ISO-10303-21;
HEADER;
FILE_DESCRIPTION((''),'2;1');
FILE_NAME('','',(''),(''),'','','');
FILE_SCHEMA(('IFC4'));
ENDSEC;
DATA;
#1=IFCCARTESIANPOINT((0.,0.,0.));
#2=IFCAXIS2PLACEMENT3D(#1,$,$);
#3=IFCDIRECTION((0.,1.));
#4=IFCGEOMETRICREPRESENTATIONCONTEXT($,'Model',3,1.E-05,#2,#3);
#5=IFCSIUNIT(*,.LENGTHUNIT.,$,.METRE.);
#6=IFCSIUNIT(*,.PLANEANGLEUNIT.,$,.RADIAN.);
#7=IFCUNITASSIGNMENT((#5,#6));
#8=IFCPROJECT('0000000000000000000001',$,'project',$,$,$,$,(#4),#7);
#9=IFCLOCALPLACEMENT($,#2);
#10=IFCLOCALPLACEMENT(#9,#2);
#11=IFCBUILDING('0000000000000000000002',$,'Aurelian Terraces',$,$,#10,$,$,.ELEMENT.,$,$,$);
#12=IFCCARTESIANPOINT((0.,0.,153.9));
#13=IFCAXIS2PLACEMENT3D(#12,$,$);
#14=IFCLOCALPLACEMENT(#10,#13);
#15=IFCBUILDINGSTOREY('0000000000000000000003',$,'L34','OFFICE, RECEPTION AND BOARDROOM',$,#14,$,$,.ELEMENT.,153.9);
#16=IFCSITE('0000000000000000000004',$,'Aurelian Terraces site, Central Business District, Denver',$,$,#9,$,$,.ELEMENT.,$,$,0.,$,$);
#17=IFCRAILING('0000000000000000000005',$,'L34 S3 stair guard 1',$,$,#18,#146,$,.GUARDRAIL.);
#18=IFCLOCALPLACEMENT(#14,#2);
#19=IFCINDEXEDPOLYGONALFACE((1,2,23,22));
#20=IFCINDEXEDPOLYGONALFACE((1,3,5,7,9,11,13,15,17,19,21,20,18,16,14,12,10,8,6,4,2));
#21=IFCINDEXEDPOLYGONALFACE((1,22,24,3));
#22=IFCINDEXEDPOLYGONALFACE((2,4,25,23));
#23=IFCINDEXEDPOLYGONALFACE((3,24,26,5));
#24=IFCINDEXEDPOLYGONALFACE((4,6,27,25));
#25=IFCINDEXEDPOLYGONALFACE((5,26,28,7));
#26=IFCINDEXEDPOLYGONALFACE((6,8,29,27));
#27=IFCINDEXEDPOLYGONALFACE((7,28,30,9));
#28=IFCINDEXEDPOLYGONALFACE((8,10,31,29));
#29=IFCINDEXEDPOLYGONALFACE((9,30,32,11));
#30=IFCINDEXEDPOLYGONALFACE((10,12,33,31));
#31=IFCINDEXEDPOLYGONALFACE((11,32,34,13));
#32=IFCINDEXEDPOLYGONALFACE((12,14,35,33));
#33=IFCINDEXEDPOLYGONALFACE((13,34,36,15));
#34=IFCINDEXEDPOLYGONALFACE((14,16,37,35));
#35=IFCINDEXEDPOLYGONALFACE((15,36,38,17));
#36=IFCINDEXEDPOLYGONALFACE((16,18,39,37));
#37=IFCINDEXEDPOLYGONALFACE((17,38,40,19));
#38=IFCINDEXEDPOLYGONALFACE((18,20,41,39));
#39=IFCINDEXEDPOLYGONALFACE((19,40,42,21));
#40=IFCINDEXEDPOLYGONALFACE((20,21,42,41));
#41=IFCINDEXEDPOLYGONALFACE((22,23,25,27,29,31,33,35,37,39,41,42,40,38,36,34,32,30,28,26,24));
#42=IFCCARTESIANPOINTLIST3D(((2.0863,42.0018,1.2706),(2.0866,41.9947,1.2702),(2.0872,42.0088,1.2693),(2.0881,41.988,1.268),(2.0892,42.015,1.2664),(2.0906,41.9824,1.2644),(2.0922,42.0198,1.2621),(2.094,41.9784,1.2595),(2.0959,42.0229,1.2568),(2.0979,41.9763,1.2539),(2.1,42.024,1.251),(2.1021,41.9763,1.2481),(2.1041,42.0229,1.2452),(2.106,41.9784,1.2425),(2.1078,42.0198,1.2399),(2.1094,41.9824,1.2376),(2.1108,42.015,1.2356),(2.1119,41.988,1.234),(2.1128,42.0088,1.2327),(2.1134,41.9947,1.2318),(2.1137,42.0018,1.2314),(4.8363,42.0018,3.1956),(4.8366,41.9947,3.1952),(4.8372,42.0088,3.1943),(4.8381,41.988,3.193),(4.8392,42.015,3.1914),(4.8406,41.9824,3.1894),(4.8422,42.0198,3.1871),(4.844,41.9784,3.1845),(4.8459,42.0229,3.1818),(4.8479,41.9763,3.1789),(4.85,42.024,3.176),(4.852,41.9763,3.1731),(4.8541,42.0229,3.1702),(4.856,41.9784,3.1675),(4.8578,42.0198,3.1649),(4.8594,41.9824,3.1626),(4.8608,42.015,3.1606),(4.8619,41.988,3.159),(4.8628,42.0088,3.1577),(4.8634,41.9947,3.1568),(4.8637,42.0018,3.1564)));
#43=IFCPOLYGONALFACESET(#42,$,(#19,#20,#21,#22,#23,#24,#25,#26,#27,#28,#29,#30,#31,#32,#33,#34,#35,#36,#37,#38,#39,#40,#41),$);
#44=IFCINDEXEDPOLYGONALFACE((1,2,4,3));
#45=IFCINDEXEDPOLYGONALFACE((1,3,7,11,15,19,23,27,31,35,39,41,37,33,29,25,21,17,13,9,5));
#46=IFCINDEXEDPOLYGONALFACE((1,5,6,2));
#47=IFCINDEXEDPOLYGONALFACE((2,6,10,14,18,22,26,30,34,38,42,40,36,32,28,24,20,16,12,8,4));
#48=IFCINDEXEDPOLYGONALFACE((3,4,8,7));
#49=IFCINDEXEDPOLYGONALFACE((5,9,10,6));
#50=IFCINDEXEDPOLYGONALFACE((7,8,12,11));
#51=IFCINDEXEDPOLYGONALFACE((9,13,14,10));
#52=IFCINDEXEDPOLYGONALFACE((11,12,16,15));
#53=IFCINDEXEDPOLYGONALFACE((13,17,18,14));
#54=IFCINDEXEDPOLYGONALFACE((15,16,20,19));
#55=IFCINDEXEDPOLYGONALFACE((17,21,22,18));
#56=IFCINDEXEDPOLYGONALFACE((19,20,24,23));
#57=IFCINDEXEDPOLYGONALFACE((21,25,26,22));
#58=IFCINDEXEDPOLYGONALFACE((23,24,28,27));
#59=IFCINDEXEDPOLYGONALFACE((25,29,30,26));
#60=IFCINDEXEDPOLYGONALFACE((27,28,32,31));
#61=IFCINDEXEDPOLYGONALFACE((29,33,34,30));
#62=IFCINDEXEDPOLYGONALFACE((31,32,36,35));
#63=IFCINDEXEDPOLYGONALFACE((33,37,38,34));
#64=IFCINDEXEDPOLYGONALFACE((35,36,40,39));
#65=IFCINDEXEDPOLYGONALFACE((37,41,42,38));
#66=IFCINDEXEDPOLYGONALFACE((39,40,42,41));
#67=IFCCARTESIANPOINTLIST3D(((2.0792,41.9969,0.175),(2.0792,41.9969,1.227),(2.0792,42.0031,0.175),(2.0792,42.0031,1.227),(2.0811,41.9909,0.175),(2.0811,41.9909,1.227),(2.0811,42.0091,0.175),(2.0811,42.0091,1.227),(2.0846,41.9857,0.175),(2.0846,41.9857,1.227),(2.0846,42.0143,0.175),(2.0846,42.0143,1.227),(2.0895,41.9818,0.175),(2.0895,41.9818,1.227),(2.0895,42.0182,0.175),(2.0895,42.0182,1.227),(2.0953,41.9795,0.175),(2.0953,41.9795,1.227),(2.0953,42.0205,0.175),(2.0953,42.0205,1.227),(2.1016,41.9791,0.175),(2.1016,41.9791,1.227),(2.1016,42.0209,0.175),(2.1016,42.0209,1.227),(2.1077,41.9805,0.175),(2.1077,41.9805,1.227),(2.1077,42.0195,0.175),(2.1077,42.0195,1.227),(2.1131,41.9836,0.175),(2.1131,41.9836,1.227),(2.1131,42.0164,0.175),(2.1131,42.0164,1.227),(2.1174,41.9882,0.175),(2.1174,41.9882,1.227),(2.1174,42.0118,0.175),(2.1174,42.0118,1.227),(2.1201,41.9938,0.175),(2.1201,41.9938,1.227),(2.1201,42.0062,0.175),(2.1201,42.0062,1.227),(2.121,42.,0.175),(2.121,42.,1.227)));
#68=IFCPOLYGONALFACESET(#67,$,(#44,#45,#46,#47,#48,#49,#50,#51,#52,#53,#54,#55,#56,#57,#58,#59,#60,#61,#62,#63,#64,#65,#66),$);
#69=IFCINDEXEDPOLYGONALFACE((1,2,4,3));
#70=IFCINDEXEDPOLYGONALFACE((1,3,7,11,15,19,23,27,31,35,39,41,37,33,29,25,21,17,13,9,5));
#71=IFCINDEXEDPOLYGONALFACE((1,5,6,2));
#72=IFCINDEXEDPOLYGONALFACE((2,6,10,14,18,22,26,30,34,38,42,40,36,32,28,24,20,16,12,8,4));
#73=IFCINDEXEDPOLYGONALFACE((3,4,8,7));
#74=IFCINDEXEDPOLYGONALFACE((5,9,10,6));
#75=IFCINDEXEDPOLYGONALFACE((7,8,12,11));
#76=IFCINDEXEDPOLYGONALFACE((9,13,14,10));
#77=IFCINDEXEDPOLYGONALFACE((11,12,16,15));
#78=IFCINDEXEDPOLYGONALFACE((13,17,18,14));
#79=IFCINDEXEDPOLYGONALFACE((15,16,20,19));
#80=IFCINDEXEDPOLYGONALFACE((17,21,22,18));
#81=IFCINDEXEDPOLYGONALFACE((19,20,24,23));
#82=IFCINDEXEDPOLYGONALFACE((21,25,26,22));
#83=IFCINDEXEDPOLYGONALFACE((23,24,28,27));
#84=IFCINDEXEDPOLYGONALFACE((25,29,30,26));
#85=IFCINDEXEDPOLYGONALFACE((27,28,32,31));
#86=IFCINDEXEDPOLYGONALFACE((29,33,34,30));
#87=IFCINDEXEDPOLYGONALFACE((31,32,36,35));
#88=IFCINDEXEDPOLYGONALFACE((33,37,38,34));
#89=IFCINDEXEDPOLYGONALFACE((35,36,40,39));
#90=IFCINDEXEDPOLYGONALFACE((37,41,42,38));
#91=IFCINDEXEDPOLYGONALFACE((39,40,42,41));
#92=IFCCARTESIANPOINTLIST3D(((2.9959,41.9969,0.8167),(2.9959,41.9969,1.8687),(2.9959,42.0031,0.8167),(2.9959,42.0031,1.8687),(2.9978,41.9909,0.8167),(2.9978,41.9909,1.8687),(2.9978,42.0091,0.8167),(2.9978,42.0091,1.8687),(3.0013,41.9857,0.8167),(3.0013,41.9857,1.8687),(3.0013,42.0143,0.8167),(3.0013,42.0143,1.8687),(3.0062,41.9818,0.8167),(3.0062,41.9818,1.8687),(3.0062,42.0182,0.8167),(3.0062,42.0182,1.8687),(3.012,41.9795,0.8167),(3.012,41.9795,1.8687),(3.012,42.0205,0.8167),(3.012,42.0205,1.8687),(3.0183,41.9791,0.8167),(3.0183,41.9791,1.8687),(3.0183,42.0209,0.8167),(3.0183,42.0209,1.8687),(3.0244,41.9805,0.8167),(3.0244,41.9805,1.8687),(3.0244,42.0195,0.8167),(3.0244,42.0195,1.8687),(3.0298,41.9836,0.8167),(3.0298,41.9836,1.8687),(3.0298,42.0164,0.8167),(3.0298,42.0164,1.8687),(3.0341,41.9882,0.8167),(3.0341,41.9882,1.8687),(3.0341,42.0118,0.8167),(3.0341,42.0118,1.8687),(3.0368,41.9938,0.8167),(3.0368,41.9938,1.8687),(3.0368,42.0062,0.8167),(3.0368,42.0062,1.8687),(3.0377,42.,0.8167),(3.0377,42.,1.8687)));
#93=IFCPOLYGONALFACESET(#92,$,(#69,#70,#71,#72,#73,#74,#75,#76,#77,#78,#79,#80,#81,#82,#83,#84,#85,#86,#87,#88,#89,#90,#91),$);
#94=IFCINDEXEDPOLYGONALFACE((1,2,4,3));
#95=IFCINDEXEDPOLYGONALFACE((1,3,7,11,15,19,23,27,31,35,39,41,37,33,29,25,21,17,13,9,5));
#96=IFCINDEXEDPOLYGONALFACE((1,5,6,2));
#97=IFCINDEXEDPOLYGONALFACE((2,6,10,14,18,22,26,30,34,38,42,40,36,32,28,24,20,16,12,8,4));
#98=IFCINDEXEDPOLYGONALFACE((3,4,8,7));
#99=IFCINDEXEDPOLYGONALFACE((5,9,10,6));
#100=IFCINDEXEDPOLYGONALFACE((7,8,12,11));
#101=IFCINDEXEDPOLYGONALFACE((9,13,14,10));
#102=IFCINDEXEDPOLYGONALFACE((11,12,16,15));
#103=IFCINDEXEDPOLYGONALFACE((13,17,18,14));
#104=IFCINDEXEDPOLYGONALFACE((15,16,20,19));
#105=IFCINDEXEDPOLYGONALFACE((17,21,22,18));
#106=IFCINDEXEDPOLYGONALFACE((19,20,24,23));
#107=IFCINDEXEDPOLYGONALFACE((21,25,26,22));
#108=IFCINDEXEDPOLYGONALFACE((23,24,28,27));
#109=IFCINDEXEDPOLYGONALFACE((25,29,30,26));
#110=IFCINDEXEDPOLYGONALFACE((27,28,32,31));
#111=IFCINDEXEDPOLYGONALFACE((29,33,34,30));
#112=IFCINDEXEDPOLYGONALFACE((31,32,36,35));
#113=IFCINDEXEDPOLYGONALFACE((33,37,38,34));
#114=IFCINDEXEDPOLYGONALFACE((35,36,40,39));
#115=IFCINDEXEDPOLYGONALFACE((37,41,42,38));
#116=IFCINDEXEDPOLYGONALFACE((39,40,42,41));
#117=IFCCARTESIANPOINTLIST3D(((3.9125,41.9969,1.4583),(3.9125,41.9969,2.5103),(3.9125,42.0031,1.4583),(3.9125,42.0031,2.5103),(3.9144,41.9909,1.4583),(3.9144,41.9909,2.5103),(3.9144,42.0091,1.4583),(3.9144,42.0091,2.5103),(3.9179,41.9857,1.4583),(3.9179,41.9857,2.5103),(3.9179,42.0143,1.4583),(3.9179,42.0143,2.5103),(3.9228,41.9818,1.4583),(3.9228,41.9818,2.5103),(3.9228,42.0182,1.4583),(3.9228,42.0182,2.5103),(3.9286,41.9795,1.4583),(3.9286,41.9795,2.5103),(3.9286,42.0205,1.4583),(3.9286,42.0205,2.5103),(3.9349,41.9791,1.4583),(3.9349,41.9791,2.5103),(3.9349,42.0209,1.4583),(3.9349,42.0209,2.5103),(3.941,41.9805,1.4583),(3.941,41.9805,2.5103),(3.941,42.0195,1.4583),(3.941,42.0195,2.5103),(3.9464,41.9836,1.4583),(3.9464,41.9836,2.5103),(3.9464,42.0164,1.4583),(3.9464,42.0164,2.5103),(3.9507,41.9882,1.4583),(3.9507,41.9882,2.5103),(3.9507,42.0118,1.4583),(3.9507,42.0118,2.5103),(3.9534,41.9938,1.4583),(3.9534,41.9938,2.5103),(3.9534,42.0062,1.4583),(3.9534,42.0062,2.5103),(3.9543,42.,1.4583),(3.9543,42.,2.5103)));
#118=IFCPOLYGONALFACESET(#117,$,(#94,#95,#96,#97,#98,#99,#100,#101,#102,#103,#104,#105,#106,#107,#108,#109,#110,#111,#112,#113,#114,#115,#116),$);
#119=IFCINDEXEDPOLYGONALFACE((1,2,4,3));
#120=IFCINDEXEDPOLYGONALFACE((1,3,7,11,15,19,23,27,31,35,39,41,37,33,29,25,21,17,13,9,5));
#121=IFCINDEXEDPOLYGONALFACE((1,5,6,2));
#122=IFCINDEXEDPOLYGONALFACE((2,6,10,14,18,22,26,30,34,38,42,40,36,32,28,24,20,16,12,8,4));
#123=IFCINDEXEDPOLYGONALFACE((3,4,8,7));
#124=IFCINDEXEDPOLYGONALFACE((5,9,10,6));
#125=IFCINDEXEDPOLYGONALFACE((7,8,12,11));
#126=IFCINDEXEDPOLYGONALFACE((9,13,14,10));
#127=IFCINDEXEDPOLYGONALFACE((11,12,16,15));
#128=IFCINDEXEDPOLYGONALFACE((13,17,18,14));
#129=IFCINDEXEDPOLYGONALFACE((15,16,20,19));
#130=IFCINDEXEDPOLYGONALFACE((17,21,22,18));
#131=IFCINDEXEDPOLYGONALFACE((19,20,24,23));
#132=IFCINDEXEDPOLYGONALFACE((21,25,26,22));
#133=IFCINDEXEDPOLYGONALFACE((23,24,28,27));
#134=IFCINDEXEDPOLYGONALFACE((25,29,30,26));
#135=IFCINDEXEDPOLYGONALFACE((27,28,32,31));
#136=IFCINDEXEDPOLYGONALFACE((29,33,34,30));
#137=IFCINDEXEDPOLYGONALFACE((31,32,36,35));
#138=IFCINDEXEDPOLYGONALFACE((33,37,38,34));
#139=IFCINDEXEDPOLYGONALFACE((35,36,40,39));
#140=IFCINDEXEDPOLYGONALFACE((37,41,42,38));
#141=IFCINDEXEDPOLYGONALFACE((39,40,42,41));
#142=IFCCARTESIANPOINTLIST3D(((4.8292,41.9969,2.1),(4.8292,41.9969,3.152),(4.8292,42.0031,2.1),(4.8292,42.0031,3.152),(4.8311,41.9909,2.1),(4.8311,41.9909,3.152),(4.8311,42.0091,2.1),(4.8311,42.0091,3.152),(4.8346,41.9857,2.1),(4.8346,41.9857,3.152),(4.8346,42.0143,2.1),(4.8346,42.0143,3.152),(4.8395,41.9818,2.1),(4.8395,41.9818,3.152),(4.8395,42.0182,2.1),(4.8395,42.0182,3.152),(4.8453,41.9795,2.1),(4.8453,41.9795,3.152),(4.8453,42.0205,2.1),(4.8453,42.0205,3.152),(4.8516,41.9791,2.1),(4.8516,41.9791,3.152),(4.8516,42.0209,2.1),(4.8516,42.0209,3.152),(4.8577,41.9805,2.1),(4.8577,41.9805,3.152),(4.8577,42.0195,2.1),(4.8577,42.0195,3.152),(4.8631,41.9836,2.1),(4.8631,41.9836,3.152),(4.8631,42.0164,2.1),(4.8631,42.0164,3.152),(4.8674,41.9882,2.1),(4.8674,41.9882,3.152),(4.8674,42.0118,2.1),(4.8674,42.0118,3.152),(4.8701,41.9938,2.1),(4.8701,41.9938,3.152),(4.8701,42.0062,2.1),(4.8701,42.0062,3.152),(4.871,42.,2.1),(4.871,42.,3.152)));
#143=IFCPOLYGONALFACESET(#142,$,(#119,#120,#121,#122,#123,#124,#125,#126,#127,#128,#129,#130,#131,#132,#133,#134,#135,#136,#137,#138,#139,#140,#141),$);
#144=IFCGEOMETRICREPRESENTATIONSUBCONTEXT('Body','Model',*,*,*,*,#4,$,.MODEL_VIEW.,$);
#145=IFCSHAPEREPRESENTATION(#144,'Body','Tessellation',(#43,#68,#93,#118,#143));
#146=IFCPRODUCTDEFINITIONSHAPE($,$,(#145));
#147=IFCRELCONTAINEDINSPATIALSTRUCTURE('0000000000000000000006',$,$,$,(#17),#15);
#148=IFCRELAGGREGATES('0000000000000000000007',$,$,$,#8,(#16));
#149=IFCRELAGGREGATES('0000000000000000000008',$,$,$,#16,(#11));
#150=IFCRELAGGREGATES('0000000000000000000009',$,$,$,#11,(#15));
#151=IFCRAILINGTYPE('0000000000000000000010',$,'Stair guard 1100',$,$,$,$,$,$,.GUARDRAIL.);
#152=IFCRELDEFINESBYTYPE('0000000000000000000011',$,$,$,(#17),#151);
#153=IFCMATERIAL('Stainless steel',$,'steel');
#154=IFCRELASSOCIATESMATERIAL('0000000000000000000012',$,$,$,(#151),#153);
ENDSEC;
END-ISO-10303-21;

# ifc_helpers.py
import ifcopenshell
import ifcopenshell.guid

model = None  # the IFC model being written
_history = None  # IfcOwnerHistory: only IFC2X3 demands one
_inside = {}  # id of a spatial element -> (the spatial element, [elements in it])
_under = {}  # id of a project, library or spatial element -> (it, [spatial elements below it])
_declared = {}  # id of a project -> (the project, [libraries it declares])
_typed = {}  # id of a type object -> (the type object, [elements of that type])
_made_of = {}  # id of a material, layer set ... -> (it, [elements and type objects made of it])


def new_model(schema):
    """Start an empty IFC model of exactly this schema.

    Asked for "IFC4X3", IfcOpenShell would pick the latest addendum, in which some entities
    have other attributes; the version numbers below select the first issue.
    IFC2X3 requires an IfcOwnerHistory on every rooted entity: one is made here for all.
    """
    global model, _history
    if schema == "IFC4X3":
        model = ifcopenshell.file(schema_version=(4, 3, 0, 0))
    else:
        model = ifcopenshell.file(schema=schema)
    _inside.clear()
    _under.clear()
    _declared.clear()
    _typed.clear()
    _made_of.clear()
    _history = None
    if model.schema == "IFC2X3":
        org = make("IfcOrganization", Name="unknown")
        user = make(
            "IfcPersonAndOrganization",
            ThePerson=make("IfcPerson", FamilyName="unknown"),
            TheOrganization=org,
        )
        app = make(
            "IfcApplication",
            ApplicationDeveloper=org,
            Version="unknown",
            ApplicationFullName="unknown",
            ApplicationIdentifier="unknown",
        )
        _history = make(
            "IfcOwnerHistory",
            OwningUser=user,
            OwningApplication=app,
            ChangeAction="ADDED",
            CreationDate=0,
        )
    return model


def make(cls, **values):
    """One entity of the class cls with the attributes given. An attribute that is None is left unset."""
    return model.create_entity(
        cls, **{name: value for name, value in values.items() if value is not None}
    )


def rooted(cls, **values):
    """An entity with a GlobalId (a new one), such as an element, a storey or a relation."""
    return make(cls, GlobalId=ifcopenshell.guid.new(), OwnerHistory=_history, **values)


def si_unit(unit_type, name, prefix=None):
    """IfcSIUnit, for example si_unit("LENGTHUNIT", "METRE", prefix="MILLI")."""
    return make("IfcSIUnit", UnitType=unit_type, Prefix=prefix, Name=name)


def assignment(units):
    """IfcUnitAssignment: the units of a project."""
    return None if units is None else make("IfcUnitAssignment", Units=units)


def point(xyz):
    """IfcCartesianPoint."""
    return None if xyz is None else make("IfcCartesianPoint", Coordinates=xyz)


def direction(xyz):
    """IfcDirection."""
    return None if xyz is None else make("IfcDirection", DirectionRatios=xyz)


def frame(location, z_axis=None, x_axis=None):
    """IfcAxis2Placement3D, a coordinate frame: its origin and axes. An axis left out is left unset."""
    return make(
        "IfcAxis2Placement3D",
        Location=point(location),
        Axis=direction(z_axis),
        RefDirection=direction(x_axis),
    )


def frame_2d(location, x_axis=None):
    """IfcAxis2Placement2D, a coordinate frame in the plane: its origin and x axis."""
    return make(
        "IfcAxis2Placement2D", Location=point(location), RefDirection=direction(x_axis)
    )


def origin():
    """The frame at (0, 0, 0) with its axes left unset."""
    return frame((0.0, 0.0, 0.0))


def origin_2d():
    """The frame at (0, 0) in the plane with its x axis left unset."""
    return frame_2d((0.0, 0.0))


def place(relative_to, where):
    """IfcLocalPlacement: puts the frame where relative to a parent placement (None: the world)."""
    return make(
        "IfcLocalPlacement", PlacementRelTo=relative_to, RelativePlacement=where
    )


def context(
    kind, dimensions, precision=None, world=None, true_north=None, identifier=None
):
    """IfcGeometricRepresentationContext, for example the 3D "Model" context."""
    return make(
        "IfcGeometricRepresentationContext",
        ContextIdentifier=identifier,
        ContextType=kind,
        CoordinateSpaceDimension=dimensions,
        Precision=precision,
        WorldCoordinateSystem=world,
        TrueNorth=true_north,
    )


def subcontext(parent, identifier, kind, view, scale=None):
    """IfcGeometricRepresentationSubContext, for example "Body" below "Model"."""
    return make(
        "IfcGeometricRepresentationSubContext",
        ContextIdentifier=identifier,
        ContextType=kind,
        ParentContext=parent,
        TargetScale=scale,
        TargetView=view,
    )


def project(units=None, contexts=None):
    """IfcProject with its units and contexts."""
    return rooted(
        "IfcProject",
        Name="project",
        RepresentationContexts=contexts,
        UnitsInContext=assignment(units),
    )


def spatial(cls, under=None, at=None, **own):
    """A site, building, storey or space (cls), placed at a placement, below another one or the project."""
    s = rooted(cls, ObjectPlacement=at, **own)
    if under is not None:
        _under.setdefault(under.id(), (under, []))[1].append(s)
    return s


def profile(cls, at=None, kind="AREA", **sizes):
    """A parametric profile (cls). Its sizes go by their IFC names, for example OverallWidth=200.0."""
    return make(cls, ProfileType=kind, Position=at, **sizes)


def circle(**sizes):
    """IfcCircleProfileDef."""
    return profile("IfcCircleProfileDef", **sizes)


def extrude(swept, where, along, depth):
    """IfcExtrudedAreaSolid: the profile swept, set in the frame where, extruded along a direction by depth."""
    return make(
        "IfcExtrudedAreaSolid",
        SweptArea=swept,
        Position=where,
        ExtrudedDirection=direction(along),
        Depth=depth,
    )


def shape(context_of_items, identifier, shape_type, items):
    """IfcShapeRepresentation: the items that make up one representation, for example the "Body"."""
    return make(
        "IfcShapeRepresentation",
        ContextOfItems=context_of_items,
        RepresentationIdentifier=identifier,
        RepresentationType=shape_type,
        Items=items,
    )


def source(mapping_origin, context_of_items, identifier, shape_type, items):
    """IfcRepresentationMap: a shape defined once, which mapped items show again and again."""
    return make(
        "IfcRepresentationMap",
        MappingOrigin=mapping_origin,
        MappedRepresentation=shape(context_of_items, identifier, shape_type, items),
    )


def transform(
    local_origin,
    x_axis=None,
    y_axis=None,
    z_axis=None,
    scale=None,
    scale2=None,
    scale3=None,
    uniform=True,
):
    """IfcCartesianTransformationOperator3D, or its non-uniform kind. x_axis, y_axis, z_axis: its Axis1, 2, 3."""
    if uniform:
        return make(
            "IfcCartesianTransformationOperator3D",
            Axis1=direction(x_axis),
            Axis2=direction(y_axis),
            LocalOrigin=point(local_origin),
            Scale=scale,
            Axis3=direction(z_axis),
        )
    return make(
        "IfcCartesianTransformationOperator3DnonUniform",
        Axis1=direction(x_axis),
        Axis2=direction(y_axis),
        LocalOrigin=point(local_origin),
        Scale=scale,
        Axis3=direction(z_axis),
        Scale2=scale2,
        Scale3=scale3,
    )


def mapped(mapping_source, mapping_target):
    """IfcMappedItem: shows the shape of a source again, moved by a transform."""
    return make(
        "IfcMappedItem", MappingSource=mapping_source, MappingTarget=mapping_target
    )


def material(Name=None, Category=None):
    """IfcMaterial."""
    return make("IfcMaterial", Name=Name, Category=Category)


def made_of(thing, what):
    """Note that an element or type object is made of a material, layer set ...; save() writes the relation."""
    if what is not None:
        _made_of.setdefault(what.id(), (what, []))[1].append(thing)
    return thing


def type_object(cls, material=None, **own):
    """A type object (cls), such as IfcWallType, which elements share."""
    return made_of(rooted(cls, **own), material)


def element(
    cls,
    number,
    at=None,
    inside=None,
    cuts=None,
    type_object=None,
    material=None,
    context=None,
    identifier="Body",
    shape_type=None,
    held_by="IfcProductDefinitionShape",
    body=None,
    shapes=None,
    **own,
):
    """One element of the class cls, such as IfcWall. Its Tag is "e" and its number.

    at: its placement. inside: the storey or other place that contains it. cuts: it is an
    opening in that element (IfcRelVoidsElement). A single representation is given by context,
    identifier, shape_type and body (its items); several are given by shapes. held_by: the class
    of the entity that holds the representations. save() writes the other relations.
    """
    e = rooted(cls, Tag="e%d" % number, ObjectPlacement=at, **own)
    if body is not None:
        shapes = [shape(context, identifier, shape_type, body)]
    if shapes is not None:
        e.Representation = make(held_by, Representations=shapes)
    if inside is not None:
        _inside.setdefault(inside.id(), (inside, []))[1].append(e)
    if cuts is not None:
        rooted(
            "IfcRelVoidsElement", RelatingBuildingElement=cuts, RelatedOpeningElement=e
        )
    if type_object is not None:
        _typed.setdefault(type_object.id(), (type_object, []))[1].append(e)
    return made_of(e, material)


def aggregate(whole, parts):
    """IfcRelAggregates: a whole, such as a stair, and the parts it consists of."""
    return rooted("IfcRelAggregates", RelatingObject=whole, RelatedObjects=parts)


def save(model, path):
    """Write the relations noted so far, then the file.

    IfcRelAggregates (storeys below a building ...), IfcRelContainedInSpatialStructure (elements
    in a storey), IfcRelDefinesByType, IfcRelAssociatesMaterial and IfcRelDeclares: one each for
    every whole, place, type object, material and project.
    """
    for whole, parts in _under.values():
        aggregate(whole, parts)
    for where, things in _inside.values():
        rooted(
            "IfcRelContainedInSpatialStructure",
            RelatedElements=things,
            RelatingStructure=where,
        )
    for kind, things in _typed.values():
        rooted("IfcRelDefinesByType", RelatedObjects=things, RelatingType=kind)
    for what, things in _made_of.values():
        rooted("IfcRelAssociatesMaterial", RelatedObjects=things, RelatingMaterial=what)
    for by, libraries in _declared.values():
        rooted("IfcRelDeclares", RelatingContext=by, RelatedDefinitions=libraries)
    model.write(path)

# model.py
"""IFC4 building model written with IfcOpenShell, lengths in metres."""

from ifc_helpers import new_model, si_unit, direction, frame, origin, origin_2d, place, context, subcontext, project, spatial, circle, extrude, source, transform, mapped, material, type_object, element, save


model = new_model("IFC4")

# Units and contexts
model_context = context("Model", 3, precision=1e-05, world=origin(), true_north=direction((0.0, 1.0)))
body_context = subcontext(model_context, "Body", "Model", "MODEL_VIEW")
ifc_project = project(units=[si_unit("LENGTHUNIT", "METRE"), si_unit("PLANEANGLEUNIT", "RADIAN")], contexts=[model_context])

# Site, building, storey
site_placement = place(None, origin())
site = spatial("IfcSite", under=ifc_project, at=site_placement, Name="Aurelian Terraces site, Central Business District, Denver", CompositionType="ELEMENT", RefElevation=0.0)
building_placement = place(site_placement, origin())
building = spatial("IfcBuilding", under=site, at=building_placement, Name="Aurelian Terraces", CompositionType="ELEMENT")
storey_placement = place(building_placement, frame((0.0, 0.0, 153.9)))
storey = spatial("IfcBuildingStorey", under=building, at=storey_placement, Name="L34", Description="OFFICE, RECEPTION AND BOARDROOM", CompositionType="ELEMENT", Elevation=153.9)

# Railing
ifc_material_1 = material(Name="Stainless steel", Category="steel")
railing_type_1 = type_object("IfcRailingType", Name="Stair guard 1100", PredefinedType="GUARDRAIL", material=ifc_material_1)
shared_shape_1 = source(origin(), body_context, "Body", "SweptSolid", [
    extrude(circle(Radius=0.024, at=origin_2d()), frame((0.0, 0.0, 1.076), z_axis=(0.819232, 0.0, 0.573462), x_axis=(0.0, 1.0, 0.0)), (0.0, 0.0, 1.0), 3.3568),
    extrude(circle(Radius=0.021, at=origin_2d()), origin(), (0.0, 0.0, 1.0), 1.052),
    extrude(circle(Radius=0.021, at=origin_2d()), frame((0.9167, 0.0, 0.6417)), (0.0, 0.0, 1.0), 1.052),
    extrude(circle(Radius=0.021, at=origin_2d()), frame((1.8333, 0.0, 1.2833)), (0.0, 0.0, 1.0), 1.052),
    extrude(circle(Radius=0.021, at=origin_2d()), frame((2.75, 0.0, 1.925)), (0.0, 0.0, 1.0), 1.052),
])
railing_1_placement = place(storey_placement, frame((2.1, 42.0, 0.175)))
element("IfcRailing", 1, at=railing_1_placement, inside=storey, type_object=railing_type_1, Name="L34 S3 stair guard 1", PredefinedType="GUARDRAIL", context=body_context, shape_type="MappedRepresentation", body=[
    mapped(shared_shape_1, transform((0.0, 0.0, 0.0), scale=1.0)),
])

save(model, "model.ifc")
